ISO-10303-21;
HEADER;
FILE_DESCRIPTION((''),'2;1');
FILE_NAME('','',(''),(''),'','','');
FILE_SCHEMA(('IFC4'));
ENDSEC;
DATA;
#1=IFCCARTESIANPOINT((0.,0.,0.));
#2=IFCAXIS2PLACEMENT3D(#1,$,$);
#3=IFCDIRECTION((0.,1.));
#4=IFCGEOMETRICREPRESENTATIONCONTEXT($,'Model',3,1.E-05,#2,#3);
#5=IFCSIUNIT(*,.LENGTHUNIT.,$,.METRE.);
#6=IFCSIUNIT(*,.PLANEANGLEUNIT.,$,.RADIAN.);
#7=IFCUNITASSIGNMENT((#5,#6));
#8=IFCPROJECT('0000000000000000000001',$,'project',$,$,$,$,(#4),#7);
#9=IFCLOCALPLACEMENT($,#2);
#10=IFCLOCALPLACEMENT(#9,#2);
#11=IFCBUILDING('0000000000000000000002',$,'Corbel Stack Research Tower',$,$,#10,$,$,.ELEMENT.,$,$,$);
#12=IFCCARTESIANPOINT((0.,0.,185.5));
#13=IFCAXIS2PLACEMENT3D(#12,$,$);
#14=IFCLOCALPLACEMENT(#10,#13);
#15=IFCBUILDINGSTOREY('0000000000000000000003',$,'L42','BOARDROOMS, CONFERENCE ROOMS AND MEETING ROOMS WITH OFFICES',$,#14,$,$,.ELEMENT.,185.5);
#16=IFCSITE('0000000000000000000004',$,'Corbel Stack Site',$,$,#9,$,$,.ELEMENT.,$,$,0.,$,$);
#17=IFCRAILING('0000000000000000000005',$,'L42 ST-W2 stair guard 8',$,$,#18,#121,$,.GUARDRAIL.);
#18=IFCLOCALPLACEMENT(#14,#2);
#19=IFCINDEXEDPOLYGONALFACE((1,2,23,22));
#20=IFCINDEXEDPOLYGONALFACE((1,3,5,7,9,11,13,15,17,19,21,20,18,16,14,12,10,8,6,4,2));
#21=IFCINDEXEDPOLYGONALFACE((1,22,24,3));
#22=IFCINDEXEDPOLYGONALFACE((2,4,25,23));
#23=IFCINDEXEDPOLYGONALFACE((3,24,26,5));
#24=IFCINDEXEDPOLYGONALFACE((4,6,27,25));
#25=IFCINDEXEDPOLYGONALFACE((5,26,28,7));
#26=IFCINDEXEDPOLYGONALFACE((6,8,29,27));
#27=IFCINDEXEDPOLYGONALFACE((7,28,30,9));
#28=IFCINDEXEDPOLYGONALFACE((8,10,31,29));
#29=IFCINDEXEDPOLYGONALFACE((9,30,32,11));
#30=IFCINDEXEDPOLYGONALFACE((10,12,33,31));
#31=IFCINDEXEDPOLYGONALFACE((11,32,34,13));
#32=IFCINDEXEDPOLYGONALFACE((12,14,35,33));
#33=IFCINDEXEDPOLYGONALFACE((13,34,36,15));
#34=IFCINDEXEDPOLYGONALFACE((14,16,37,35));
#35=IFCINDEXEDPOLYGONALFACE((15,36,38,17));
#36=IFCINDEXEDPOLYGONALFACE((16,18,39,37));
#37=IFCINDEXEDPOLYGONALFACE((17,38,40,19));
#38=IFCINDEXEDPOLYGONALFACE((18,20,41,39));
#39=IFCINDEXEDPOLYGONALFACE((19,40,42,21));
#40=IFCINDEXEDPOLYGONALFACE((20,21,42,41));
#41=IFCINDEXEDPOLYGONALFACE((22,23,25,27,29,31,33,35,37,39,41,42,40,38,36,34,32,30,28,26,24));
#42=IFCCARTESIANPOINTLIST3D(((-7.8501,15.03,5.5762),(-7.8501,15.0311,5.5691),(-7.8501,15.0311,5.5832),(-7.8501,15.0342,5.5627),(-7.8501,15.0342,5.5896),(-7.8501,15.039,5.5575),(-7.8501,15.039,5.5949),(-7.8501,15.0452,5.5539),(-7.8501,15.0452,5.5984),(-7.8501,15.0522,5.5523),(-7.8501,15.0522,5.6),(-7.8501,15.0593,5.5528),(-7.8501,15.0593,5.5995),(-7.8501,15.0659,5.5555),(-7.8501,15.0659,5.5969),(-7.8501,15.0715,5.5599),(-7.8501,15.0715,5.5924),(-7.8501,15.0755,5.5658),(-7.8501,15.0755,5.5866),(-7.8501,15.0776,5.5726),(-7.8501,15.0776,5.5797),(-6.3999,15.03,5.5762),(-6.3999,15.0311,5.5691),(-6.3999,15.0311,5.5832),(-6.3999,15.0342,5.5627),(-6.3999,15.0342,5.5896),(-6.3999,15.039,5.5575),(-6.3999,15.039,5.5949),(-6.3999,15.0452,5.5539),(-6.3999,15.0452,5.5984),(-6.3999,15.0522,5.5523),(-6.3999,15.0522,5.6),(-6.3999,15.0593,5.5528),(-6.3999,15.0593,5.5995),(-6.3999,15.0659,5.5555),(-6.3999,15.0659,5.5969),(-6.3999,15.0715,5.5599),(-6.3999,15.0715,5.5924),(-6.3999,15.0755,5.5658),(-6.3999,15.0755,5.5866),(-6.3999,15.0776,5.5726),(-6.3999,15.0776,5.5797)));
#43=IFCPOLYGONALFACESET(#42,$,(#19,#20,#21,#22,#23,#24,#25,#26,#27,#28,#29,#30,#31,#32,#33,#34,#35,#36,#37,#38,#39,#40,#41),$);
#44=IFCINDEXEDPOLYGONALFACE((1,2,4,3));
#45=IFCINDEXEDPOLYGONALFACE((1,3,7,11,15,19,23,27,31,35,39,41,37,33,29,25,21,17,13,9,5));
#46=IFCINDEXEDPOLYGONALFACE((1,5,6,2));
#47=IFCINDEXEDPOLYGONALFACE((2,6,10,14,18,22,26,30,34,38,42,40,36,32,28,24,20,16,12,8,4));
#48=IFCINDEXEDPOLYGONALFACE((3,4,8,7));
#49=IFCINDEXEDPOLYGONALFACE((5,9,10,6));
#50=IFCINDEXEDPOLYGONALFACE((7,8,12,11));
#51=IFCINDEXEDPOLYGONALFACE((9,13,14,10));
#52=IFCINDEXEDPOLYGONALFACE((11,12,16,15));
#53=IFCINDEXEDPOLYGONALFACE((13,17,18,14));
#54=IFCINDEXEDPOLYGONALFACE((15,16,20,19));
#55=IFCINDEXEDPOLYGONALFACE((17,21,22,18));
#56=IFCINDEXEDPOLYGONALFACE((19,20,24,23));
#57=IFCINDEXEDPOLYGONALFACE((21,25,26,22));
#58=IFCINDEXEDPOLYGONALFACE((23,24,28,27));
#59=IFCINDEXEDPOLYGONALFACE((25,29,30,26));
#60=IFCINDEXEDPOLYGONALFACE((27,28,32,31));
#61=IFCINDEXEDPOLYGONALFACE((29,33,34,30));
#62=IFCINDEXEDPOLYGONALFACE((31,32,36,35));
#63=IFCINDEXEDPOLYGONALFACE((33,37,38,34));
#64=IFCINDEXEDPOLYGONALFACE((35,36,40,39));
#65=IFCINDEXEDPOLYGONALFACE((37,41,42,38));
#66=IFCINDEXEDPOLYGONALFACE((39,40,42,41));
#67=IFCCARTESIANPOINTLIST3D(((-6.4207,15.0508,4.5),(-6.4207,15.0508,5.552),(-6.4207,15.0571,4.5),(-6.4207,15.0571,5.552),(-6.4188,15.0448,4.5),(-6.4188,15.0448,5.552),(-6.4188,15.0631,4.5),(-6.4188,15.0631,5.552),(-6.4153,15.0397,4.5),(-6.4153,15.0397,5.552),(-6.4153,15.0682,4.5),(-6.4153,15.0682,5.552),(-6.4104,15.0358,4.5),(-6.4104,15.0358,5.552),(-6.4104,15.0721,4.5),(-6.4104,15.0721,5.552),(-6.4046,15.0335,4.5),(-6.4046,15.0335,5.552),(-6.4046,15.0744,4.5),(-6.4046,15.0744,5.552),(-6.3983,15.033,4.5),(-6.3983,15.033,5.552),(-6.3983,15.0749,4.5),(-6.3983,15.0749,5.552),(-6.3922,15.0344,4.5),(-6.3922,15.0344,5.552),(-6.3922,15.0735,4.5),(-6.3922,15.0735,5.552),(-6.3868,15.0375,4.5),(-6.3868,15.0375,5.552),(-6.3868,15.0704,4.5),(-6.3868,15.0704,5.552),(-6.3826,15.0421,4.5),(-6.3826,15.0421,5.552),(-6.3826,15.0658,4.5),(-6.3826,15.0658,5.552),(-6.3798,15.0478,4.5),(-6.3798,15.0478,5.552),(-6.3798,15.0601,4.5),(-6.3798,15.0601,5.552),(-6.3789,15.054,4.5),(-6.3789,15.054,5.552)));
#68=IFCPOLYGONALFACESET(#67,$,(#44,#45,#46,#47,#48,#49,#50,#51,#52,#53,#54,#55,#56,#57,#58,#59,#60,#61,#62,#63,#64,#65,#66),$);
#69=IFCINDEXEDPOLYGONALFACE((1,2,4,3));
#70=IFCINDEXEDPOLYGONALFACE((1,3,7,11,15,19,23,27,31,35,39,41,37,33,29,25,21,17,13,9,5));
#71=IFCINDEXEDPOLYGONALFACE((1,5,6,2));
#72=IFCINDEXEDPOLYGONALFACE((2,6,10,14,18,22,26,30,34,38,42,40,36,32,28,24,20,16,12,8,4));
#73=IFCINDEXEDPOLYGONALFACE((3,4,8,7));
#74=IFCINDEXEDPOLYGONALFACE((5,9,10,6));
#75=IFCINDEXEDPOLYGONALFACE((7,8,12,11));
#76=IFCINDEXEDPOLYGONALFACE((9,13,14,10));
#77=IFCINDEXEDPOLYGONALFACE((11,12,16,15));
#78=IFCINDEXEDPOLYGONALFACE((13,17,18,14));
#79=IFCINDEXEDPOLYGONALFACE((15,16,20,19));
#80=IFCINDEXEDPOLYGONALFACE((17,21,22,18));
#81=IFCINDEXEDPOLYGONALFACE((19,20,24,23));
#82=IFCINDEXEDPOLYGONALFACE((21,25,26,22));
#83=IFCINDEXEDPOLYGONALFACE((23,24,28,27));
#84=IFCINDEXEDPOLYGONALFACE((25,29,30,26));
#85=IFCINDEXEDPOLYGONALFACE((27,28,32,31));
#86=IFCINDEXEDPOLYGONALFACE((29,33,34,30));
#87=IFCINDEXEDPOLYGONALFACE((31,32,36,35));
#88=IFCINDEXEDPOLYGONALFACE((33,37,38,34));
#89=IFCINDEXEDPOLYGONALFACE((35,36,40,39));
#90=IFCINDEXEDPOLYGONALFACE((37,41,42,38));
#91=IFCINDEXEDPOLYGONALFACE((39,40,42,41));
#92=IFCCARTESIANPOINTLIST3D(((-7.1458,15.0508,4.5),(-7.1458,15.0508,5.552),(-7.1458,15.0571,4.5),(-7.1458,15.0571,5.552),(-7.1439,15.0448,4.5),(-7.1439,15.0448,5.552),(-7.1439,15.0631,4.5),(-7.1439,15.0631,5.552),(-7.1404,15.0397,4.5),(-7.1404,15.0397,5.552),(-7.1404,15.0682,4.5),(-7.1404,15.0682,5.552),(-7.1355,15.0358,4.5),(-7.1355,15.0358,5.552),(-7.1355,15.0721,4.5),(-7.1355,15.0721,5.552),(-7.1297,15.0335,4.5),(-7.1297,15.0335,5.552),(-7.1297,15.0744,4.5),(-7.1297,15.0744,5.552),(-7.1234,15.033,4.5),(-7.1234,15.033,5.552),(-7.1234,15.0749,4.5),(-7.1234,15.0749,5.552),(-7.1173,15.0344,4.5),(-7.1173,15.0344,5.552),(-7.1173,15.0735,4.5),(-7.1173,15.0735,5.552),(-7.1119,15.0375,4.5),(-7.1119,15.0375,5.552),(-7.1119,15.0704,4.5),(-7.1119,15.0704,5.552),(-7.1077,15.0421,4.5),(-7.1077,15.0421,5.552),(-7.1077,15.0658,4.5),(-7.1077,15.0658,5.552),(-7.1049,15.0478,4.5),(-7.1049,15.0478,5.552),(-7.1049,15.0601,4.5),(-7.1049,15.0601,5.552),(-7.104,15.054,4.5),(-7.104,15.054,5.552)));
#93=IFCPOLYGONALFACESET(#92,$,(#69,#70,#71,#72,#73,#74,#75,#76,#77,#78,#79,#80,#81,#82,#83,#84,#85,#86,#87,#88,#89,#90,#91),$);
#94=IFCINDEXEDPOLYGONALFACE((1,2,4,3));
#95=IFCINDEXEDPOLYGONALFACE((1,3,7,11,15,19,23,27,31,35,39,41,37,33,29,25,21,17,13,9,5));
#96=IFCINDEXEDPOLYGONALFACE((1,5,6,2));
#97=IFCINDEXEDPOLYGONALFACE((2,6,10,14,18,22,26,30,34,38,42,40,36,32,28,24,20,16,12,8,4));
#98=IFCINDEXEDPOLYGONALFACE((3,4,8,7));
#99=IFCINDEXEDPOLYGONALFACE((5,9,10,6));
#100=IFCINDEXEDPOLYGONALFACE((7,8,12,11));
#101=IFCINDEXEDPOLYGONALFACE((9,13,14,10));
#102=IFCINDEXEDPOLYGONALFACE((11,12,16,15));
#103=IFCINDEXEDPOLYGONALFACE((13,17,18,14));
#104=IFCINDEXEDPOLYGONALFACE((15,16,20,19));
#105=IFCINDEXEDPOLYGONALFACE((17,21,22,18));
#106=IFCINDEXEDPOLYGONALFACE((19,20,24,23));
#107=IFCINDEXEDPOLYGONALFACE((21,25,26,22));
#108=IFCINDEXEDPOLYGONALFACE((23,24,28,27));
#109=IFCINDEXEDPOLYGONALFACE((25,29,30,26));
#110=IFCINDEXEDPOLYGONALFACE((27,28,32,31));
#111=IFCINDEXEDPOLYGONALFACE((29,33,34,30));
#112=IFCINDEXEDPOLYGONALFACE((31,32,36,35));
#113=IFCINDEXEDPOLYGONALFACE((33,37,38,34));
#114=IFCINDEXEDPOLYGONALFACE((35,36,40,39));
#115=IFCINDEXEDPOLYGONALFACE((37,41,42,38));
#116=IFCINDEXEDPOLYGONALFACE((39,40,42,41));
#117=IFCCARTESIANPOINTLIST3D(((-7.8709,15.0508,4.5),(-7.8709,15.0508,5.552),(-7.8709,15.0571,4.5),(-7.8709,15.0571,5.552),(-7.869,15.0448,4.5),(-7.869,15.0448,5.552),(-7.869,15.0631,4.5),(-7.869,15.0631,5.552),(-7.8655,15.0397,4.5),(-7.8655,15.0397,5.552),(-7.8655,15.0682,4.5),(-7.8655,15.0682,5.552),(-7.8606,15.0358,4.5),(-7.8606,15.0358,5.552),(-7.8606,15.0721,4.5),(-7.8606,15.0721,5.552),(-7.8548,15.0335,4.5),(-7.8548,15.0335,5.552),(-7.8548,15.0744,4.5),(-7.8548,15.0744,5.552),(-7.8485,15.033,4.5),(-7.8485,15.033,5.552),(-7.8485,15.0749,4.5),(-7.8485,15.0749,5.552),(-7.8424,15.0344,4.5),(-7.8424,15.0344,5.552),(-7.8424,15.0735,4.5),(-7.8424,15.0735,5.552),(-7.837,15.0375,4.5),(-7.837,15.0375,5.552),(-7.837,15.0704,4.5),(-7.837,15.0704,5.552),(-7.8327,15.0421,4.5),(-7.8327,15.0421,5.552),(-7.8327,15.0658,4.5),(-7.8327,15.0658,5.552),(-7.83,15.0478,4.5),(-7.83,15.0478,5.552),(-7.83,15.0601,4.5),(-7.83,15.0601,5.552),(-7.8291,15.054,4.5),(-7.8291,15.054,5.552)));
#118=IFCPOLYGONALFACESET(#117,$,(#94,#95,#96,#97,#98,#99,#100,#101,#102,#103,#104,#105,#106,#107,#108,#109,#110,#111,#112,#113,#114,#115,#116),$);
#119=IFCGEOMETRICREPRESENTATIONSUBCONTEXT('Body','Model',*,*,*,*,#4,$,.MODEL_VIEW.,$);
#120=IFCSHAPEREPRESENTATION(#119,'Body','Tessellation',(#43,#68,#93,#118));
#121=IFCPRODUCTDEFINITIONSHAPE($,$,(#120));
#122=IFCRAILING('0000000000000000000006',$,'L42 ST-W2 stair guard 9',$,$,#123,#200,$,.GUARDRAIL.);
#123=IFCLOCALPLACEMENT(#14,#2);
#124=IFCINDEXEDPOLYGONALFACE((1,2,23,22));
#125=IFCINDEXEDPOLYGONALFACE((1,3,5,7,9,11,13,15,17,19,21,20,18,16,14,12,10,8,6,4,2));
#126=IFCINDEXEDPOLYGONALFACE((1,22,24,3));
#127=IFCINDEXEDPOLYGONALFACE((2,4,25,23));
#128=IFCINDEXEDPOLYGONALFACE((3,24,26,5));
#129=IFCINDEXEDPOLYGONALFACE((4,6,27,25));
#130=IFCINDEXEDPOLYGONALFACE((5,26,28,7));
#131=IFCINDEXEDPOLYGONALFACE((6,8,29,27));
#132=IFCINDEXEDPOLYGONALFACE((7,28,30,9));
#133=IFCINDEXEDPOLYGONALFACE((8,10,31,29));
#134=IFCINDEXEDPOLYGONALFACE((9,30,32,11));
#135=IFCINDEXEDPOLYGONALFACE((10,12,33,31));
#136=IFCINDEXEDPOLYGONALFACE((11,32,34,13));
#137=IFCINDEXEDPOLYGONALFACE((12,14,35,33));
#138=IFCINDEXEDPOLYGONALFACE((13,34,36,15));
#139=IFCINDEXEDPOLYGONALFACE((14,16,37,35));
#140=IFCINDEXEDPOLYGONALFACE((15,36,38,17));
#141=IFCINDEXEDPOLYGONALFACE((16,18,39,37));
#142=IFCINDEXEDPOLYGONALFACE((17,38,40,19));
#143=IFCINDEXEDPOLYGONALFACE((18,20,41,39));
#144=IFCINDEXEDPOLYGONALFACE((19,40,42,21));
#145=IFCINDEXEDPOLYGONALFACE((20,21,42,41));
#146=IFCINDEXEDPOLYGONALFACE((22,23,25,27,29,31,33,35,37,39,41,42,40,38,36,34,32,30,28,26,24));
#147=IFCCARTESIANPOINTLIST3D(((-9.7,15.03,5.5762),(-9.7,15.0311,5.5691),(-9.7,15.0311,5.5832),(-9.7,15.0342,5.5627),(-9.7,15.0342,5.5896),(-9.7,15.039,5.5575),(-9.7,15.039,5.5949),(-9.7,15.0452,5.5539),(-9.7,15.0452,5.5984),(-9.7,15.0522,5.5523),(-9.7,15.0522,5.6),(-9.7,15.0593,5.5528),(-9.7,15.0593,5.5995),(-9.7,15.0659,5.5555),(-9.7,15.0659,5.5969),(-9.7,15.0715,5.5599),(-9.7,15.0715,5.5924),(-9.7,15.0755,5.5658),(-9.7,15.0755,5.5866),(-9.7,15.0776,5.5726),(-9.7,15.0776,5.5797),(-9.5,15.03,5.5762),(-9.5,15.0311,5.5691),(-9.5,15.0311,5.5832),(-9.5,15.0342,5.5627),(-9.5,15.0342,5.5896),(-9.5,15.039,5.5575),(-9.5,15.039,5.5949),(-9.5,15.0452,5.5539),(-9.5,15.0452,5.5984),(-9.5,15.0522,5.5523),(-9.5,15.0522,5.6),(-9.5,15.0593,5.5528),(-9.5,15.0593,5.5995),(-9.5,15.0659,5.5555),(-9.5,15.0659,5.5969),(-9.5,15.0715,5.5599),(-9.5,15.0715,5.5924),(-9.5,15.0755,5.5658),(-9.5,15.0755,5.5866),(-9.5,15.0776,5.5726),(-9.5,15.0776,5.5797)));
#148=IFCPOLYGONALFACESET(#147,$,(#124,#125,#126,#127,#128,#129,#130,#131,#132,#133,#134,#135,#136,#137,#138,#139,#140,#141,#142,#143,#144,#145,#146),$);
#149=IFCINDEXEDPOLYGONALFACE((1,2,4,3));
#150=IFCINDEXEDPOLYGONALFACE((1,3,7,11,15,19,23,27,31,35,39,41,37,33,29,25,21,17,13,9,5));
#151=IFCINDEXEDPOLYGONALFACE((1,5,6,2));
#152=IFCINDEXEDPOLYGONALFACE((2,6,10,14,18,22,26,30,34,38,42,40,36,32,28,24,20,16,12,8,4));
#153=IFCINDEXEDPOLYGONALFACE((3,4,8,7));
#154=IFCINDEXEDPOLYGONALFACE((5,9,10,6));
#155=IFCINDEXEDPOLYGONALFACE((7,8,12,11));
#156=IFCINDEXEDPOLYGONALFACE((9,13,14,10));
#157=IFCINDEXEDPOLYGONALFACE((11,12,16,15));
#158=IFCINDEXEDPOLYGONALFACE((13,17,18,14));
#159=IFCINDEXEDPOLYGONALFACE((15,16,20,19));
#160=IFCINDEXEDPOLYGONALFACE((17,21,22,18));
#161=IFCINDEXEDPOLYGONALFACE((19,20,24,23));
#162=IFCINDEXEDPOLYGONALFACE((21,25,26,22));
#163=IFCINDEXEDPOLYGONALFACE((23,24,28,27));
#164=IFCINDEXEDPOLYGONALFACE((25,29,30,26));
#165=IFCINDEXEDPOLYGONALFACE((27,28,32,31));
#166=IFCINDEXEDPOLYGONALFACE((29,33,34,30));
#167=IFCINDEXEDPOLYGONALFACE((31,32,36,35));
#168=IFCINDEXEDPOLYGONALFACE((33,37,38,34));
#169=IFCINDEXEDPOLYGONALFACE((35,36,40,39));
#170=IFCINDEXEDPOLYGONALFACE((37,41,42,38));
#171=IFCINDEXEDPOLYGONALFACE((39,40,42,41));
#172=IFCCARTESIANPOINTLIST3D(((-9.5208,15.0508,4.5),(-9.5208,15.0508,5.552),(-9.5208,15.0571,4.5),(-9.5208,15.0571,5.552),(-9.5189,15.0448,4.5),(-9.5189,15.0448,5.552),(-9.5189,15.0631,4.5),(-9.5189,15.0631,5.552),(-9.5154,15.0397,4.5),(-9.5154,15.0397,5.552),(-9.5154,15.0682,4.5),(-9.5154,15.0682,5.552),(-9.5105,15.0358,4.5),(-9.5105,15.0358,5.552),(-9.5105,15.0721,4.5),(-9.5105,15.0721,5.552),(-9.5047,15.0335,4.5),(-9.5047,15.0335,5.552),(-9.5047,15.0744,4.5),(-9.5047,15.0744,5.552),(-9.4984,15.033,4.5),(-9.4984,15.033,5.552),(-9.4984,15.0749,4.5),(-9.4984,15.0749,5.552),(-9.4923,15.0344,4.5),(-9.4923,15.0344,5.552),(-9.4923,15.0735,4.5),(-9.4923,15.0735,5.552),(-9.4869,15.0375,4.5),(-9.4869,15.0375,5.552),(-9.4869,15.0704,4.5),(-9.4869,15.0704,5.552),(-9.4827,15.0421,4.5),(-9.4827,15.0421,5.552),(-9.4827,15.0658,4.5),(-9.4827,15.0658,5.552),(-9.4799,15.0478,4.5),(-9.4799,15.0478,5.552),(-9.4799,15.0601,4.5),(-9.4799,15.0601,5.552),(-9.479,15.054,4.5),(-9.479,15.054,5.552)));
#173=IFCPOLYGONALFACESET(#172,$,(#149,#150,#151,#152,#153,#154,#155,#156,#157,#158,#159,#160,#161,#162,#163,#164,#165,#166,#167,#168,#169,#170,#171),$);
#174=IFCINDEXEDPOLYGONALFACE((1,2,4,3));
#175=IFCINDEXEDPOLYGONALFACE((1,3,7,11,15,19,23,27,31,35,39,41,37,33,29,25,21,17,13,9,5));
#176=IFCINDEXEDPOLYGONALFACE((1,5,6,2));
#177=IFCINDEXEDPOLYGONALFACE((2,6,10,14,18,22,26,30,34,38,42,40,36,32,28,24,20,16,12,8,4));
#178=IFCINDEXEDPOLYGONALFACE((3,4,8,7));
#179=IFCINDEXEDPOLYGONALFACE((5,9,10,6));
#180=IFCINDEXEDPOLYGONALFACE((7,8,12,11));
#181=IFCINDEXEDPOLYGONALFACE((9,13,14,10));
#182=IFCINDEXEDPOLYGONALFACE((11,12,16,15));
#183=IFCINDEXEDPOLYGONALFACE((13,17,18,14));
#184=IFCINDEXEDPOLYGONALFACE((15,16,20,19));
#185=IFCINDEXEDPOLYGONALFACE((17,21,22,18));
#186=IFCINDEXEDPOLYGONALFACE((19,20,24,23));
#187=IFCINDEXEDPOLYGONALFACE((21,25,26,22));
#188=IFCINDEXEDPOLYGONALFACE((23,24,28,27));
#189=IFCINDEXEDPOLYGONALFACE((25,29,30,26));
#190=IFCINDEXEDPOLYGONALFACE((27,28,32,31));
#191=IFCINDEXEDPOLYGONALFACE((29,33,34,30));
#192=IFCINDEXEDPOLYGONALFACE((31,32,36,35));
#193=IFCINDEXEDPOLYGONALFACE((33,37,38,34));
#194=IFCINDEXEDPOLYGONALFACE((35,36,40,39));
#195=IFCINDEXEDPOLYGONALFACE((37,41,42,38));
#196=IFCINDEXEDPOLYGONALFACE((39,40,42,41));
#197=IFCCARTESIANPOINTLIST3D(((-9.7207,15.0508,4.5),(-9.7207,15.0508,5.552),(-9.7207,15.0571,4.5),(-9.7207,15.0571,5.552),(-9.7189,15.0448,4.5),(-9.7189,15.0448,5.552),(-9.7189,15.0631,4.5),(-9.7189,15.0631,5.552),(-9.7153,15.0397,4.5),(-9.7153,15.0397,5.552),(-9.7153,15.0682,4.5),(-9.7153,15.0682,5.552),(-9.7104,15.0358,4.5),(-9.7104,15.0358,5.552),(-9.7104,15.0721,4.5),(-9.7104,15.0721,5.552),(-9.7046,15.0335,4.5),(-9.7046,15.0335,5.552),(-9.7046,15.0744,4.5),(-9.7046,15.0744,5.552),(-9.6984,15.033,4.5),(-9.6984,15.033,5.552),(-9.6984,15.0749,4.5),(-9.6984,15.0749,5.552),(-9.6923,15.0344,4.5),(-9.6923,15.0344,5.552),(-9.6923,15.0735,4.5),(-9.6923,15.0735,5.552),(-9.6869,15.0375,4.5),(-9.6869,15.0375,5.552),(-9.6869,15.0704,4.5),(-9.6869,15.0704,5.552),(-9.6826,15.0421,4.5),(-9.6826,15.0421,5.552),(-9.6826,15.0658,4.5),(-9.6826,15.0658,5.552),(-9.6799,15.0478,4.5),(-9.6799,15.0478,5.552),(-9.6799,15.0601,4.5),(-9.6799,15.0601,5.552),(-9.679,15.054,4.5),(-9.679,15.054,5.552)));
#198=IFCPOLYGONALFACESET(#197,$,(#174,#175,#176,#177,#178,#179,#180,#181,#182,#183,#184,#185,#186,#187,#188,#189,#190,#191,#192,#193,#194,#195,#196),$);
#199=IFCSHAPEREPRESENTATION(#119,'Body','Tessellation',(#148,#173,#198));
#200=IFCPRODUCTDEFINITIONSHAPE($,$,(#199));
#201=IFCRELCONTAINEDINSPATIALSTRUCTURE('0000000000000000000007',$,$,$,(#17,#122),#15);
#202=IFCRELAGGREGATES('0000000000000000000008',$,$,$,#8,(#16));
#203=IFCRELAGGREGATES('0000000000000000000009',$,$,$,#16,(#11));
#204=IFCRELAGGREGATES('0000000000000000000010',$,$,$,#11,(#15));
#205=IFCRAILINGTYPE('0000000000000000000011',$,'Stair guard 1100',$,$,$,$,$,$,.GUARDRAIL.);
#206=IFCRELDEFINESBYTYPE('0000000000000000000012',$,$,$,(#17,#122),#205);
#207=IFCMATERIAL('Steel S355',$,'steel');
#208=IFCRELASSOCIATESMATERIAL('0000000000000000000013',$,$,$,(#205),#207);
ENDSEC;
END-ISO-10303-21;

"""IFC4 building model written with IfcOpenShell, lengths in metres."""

from ifc_helpers import new_model, si_unit, direction, frame, origin, origin_2d, place, context, subcontext, project, spatial, circle, extrude, material, type_object, element, save


model = new_model("IFC4")

# Units and contexts
model_context = context("Model", 3, precision=1e-05, world=origin(), true_north=direction((0.0, 1.0)))
body_context = subcontext(model_context, "Body", "Model", "MODEL_VIEW")
ifc_project = project(units=[si_unit("LENGTHUNIT", "METRE"), si_unit("PLANEANGLEUNIT", "RADIAN")], contexts=[model_context])

# Site, building, storey
site_placement = place(None, origin())
site = spatial("IfcSite", under=ifc_project, at=site_placement, Name="Corbel Stack Site", CompositionType="ELEMENT", RefElevation=0.0)
building_placement = place(site_placement, origin())
building = spatial("IfcBuilding", under=site, at=building_placement, Name="Corbel Stack Research Tower", CompositionType="ELEMENT")
storey_placement = place(building_placement, frame((0.0, 0.0, 185.5)))
storey = spatial("IfcBuildingStorey", under=building, at=storey_placement, Name="L42", Description="BOARDROOMS, CONFERENCE ROOMS AND MEETING ROOMS WITH OFFICES", CompositionType="ELEMENT", Elevation=185.5)

# Railings
ifc_material_1 = material(Name="Steel S355", Category="steel")
railing_type_1 = type_object("IfcRailingType", Name="Stair guard 1100", PredefinedType="GUARDRAIL", material=ifc_material_1)
railing_1_placement = place(storey_placement, frame((-6.3999, 15.054, 4.5)))
element("IfcRailing", 1, at=railing_1_placement, inside=storey, type_object=railing_type_1, Name="L42 ST-W2 stair guard 8", PredefinedType="GUARDRAIL", context=body_context, shape_type="SweptSolid", body=[
    extrude(circle(Radius=0.0239, at=origin_2d()), frame((0.0, 0.0, 1.0762), z_axis=(-1.0, 0.0, 0.0), x_axis=(0.0, -1.0, 0.0)), (0.0, 0.0, 1.0), 1.4502),
    extrude(circle(Radius=0.021, at=origin_2d()), origin(), (0.0, 0.0, 1.0), 1.052),
    extrude(circle(Radius=0.021, at=origin_2d()), frame((-0.7251, 0.0, 0.0)), (0.0, 0.0, 1.0), 1.052),
    extrude(circle(Radius=0.021, at=origin_2d()), frame((-1.4502, 0.0, 0.0)), (0.0, 0.0, 1.0), 1.052),
])
railing_2_placement = place(storey_placement, frame((-9.5, 15.054, 4.5)))
element("IfcRailing", 2, at=railing_2_placement, inside=storey, type_object=railing_type_1, Name="L42 ST-W2 stair guard 9", PredefinedType="GUARDRAIL", context=body_context, shape_type="SweptSolid", body=[
    extrude(circle(Radius=0.0239, at=origin_2d()), frame((0.0, 0.0, 1.0762), z_axis=(-1.0, 0.0, 0.0), x_axis=(0.0, -1.0, 0.0)), (0.0, 0.0, 1.0), 0.2),
    extrude(circle(Radius=0.021, at=origin_2d()), origin(), (0.0, 0.0, 1.0), 1.052),
    extrude(circle(Radius=0.021, at=origin_2d()), frame((-0.2, 0.0, 0.0)), (0.0, 0.0, 1.0), 1.052),
])

save(model, "model.ifc")
